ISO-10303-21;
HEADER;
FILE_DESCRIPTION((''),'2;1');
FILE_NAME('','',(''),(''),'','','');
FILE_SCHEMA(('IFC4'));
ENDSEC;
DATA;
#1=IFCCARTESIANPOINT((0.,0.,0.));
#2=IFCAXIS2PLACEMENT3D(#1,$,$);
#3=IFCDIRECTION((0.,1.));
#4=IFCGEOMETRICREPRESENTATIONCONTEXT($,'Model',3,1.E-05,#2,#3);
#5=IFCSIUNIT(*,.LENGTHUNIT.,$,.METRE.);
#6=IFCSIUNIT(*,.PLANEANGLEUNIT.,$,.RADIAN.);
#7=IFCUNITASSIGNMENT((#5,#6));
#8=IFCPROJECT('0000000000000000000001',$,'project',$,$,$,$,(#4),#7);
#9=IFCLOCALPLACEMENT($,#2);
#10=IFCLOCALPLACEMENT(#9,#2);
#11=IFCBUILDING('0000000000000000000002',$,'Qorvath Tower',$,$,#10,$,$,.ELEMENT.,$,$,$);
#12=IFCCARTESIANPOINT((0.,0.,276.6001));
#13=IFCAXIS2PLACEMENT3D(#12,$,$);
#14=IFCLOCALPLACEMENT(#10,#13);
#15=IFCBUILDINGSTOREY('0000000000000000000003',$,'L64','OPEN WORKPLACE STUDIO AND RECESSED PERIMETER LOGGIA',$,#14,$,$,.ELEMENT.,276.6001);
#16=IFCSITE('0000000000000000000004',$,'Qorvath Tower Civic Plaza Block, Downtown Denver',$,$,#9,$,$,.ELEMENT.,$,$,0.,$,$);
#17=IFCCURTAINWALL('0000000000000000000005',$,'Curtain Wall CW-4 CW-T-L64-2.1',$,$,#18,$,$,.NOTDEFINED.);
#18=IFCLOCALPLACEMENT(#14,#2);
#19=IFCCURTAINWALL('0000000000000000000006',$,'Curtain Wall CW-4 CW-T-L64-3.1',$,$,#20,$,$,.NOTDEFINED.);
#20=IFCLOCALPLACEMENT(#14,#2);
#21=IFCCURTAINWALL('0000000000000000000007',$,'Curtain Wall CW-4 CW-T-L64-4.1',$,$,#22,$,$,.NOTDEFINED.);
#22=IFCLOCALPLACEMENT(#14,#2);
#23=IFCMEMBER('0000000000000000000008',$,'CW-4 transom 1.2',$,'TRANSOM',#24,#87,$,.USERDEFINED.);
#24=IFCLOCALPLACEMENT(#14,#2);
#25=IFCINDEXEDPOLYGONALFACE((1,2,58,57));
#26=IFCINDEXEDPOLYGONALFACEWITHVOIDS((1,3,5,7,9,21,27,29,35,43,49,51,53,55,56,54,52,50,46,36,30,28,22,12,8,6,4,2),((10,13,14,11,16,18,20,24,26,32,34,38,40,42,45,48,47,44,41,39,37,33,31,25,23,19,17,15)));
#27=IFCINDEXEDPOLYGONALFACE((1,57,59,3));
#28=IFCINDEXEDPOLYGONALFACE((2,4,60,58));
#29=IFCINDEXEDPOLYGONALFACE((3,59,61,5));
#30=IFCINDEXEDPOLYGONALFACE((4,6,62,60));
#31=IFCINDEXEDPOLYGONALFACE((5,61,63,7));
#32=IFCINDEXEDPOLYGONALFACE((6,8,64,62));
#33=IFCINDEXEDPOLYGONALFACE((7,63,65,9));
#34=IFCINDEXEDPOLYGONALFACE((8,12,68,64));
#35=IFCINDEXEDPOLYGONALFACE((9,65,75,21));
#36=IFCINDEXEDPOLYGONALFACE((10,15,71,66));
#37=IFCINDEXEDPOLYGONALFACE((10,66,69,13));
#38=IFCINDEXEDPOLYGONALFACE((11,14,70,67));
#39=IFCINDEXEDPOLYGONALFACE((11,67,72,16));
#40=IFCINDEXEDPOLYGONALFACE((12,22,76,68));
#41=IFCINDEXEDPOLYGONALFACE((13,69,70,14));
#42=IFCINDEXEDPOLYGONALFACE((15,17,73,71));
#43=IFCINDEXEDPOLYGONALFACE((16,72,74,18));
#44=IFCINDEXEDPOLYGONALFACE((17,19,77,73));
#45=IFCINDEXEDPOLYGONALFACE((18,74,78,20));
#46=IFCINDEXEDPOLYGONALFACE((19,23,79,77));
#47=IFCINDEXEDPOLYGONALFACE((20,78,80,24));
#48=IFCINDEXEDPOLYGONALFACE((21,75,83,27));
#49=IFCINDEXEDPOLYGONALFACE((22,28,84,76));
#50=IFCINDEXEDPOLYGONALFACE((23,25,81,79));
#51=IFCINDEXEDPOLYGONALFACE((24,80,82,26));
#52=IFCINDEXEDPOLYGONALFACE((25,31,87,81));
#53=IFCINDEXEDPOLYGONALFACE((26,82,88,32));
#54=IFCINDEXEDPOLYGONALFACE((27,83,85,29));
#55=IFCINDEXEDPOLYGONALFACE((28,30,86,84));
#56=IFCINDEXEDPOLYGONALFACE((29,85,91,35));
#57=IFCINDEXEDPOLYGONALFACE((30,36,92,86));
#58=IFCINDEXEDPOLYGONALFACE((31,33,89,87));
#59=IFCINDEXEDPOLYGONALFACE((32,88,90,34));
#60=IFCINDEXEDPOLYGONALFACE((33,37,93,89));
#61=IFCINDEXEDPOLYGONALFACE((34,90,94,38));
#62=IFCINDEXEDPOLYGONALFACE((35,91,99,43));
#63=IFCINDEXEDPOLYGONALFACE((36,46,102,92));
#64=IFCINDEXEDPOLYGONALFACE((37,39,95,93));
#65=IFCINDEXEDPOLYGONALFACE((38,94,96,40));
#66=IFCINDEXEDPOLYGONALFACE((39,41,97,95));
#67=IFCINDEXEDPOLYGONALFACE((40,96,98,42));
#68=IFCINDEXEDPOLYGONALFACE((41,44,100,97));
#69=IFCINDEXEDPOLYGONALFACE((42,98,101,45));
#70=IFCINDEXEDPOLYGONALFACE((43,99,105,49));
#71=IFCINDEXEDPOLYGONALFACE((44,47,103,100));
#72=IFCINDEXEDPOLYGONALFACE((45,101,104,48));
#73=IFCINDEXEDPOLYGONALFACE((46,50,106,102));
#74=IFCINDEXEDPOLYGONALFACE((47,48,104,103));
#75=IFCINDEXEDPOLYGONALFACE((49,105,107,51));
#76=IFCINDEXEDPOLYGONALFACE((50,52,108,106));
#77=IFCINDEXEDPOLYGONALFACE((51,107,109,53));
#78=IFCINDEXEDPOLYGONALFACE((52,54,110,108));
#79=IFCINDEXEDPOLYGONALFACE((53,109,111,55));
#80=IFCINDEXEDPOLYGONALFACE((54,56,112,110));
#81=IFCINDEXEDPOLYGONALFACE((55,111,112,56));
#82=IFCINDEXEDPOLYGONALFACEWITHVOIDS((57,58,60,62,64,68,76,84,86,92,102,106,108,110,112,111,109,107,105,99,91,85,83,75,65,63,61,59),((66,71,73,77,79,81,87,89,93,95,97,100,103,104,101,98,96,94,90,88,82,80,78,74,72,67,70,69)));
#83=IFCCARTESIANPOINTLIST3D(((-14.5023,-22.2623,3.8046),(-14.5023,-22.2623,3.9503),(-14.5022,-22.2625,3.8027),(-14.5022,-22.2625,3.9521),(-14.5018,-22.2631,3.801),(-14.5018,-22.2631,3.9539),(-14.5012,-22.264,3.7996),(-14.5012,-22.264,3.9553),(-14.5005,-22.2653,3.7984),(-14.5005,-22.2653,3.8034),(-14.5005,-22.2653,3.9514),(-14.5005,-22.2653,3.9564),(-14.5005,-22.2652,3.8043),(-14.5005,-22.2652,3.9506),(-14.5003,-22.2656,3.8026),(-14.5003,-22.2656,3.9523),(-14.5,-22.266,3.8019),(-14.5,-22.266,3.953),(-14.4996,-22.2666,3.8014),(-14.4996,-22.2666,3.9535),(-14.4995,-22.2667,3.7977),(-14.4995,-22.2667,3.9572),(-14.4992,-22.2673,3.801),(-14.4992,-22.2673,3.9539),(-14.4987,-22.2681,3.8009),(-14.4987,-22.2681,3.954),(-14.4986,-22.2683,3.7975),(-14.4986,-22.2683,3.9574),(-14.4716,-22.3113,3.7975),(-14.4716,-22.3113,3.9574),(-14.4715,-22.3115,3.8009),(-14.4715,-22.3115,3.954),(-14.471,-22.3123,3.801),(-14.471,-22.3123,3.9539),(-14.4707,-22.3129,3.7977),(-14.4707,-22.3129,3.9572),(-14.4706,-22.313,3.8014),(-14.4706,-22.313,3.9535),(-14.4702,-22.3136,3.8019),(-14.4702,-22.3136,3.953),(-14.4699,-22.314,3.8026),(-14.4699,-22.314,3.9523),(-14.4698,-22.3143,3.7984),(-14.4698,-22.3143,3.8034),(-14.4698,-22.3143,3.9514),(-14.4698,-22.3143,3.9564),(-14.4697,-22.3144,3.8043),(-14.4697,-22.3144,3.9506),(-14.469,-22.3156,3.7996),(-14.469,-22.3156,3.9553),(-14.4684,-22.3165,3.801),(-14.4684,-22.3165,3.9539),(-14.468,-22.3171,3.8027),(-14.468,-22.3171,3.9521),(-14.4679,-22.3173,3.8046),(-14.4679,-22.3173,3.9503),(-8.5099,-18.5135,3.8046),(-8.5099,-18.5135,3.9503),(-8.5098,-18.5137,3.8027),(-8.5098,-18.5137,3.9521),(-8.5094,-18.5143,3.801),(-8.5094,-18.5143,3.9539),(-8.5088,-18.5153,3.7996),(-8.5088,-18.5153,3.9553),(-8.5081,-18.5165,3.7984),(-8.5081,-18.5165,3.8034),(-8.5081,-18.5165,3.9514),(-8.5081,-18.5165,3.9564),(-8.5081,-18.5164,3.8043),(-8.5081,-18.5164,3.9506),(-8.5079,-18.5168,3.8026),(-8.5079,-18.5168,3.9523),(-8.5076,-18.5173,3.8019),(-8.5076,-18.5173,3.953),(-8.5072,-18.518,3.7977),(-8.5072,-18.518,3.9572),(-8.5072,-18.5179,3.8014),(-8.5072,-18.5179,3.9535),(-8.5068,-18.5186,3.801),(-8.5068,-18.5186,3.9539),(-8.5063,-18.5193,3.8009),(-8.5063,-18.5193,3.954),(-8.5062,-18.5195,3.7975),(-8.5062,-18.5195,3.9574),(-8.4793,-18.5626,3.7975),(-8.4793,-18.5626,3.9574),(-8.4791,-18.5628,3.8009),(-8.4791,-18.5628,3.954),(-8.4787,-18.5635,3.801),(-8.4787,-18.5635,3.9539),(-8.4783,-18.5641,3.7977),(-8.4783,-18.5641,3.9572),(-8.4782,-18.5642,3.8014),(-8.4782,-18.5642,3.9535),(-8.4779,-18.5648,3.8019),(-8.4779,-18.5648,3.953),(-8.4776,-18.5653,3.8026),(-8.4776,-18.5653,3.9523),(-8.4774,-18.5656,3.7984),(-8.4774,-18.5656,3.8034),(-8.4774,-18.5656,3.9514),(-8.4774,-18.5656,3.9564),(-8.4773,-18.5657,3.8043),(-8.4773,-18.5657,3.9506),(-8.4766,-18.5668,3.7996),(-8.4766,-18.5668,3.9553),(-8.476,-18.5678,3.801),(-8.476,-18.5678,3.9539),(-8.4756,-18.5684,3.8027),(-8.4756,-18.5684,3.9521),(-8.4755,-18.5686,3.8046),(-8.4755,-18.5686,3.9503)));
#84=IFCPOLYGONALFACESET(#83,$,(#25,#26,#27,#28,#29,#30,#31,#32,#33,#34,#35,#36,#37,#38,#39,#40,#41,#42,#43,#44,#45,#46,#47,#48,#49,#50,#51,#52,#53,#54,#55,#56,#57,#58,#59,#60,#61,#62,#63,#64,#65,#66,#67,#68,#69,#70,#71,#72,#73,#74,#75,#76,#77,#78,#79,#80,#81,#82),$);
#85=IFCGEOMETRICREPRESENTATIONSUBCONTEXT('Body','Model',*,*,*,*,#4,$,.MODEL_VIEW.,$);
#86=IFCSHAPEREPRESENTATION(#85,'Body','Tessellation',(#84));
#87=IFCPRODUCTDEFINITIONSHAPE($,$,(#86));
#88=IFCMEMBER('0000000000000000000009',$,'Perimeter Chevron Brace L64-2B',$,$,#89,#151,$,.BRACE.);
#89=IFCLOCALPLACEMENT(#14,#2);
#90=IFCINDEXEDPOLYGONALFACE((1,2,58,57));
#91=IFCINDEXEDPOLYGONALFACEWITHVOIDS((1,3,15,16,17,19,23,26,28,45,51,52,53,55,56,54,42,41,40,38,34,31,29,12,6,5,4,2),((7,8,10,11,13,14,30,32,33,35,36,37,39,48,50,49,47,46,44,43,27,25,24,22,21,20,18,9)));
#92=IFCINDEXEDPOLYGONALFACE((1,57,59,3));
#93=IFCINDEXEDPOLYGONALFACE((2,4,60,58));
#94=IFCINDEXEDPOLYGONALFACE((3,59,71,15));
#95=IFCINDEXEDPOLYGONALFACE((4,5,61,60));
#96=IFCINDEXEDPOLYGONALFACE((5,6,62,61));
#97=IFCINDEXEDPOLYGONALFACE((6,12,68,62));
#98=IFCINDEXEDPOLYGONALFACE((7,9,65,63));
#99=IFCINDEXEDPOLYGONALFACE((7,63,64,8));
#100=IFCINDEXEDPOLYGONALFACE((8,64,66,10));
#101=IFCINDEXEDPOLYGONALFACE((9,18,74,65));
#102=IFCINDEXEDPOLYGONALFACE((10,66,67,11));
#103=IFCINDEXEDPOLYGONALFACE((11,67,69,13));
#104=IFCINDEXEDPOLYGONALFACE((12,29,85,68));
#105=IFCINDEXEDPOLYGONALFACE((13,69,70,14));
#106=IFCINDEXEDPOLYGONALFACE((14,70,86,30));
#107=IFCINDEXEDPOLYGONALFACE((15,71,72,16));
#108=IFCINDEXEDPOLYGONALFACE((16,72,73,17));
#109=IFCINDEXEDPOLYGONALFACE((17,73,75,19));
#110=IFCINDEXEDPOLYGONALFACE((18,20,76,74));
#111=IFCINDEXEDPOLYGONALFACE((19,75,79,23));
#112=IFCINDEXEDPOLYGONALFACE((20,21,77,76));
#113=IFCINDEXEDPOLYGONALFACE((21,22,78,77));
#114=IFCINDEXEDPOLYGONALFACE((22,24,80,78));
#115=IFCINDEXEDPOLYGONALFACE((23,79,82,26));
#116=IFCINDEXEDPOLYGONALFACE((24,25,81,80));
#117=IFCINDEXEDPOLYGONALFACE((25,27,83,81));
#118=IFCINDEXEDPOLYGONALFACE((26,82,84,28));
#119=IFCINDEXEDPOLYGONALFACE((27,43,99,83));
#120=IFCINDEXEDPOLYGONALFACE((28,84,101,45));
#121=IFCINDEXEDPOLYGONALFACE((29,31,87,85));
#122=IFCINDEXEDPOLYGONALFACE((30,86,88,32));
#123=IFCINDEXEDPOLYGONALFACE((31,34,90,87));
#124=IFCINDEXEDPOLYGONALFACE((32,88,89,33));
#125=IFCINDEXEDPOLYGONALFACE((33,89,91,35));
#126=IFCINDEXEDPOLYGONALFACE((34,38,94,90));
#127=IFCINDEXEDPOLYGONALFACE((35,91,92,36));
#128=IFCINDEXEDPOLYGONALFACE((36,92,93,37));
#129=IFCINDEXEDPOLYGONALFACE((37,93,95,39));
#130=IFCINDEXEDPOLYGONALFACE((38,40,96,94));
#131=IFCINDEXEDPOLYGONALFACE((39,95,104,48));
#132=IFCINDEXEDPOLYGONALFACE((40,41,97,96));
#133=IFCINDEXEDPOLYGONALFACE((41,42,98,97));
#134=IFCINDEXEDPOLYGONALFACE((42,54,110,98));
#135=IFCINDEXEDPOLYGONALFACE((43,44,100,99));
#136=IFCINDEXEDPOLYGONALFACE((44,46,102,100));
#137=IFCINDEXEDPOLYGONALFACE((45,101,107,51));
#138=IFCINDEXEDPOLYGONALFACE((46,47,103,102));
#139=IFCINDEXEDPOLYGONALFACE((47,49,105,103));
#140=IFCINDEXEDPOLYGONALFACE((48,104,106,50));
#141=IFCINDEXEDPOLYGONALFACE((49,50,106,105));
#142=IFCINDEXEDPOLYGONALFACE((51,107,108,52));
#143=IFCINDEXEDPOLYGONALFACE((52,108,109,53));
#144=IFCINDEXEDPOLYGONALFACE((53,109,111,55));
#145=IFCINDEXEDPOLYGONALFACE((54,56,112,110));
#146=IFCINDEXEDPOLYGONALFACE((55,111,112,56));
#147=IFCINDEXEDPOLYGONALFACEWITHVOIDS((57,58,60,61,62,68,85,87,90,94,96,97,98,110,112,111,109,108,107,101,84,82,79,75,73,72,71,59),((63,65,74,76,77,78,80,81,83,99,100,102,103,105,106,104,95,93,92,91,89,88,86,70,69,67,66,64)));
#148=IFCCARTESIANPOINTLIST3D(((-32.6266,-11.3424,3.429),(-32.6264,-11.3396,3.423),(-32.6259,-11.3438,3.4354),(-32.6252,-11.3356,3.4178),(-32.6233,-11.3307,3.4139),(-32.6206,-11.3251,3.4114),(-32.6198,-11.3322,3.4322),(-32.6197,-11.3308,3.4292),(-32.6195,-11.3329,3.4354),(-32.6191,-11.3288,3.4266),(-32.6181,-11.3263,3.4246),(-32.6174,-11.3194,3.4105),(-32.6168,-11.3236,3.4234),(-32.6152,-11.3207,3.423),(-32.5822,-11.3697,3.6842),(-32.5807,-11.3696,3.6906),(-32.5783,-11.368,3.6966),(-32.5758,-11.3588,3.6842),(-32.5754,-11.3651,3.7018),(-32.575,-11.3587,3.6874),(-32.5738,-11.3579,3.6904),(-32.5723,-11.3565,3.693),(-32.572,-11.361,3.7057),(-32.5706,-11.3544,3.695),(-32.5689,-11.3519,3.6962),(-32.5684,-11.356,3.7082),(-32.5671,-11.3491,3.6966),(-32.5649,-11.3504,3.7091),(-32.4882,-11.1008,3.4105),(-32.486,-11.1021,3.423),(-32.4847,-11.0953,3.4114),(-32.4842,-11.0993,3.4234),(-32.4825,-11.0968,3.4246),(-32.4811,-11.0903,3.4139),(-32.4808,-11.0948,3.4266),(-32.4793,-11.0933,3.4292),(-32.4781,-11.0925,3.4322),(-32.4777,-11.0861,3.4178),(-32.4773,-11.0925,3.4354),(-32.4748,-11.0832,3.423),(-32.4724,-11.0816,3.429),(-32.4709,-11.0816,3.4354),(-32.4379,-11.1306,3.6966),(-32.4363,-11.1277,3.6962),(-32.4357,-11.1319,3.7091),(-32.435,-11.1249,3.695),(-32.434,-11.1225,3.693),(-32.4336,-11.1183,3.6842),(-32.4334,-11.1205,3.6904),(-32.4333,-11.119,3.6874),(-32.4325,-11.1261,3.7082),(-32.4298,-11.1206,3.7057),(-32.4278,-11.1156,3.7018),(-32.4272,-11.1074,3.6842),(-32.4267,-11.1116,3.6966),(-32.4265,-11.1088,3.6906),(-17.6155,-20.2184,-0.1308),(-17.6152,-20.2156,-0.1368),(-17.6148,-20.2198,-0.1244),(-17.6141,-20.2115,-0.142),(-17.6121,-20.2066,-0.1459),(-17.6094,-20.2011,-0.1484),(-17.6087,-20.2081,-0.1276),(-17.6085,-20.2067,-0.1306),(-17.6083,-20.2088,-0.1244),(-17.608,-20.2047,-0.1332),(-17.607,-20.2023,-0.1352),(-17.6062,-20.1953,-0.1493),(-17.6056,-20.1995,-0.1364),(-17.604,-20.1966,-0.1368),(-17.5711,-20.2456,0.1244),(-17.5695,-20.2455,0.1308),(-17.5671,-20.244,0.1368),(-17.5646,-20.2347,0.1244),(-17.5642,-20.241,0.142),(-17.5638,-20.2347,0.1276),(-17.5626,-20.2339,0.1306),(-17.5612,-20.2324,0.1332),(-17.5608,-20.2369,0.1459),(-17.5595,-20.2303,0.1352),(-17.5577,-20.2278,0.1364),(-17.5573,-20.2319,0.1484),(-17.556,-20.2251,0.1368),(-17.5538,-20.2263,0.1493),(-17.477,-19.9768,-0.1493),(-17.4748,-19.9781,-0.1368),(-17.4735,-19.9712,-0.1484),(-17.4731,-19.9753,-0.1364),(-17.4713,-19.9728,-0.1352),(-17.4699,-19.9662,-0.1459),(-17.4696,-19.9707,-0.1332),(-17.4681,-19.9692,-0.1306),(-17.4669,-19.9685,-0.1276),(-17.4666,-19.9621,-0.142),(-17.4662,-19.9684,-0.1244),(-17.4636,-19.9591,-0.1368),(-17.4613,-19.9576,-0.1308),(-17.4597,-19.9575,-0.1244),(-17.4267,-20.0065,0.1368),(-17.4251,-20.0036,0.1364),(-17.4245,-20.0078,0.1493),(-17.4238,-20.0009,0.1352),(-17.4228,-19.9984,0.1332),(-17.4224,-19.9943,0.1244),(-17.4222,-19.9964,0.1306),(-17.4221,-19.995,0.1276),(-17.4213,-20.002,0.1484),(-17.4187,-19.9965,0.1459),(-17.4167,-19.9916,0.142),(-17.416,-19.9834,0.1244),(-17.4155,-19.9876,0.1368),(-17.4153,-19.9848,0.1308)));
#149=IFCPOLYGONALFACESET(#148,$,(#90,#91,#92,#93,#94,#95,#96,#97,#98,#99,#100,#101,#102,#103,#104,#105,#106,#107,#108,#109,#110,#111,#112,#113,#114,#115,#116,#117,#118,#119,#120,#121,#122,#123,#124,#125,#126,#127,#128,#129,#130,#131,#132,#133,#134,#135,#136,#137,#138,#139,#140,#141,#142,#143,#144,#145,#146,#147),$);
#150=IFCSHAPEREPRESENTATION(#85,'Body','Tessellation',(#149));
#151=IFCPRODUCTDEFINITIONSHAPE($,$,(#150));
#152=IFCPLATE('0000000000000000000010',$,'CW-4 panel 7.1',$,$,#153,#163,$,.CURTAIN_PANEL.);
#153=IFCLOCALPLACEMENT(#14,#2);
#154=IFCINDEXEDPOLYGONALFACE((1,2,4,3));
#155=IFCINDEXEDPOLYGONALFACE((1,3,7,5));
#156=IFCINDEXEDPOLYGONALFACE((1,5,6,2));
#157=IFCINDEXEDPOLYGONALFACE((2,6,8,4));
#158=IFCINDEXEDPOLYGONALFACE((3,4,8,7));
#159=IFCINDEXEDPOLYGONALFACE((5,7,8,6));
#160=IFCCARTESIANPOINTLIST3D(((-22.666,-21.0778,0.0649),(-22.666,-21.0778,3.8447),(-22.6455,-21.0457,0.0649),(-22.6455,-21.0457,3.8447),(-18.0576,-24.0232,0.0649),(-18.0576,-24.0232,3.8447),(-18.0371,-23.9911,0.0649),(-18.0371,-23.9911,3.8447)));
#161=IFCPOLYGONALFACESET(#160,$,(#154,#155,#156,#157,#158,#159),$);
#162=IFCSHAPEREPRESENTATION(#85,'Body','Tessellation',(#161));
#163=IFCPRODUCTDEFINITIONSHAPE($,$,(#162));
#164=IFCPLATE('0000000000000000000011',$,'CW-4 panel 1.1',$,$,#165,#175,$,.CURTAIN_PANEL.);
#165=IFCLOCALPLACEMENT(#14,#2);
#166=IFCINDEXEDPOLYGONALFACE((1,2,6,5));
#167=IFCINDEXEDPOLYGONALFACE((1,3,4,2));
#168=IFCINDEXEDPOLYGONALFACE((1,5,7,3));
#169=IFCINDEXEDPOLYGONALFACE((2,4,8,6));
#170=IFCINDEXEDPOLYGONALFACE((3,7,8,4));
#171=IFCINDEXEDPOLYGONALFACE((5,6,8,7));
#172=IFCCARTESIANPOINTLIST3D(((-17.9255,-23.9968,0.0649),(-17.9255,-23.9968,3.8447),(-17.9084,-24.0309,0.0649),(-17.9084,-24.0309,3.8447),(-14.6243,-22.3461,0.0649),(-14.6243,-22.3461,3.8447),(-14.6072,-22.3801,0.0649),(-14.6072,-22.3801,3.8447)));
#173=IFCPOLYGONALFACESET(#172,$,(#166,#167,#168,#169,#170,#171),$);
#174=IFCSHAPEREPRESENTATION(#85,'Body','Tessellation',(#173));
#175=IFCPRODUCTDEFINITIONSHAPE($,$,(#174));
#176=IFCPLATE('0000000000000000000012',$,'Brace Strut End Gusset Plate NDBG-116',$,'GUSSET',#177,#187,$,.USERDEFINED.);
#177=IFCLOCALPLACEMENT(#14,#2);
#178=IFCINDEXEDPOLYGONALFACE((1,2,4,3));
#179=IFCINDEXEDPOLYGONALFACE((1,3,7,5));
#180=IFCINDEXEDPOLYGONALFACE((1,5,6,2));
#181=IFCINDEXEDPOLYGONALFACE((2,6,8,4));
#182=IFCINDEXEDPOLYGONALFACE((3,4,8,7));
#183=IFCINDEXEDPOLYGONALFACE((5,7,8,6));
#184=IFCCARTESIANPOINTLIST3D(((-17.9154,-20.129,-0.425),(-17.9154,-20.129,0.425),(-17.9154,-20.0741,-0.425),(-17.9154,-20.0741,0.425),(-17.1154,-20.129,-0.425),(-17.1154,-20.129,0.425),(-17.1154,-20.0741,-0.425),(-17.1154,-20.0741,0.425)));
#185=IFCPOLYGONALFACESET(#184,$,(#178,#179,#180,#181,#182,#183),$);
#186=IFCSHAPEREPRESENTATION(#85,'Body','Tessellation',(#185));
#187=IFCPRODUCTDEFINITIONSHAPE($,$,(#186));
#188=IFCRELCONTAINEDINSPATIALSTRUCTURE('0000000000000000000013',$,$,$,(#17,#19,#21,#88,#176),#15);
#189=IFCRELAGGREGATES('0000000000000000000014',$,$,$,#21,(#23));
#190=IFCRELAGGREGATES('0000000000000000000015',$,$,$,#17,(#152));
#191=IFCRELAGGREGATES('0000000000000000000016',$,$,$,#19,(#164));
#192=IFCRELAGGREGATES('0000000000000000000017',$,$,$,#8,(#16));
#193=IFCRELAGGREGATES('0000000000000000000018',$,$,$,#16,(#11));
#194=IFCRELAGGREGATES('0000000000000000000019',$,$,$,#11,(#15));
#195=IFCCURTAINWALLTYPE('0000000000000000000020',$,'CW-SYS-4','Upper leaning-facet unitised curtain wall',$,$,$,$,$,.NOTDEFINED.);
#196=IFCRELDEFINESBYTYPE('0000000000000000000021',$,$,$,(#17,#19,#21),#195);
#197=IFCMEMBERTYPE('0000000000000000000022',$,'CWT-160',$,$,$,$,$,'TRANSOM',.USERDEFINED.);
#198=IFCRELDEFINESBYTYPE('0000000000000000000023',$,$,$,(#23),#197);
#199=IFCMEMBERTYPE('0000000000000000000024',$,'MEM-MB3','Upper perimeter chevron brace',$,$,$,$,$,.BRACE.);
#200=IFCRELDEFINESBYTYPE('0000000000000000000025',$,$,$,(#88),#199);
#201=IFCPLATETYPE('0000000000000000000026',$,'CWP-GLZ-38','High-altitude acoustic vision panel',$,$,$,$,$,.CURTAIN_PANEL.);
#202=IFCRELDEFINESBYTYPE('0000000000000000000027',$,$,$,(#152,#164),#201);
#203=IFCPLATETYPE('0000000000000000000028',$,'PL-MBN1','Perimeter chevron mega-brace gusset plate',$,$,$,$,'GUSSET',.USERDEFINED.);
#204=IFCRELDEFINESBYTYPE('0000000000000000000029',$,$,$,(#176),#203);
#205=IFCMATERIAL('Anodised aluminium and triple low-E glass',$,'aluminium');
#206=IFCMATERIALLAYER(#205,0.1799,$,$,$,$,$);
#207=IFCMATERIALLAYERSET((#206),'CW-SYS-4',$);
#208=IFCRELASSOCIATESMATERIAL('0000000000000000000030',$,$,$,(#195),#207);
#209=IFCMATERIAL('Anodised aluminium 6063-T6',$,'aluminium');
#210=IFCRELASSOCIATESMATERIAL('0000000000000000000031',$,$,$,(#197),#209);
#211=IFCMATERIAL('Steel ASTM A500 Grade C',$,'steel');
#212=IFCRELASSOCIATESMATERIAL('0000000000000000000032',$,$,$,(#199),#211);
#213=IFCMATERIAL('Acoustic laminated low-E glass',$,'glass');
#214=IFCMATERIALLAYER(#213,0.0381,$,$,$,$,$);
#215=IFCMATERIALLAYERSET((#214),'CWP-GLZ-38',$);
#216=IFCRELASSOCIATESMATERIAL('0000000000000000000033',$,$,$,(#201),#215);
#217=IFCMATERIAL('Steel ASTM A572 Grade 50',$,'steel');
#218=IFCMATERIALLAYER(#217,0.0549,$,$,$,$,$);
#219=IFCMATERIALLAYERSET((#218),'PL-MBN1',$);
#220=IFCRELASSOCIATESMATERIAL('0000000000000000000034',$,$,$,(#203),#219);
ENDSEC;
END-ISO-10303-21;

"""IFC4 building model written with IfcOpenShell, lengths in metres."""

from ifc_helpers import new_model, si_unit, direction, frame, origin, origin_2d, place, context, subcontext, project, spatial, rectangle, hollow_rectangle, extrude, material, layer, layer_set, material_profile, profile_set, type_object, element, aggregate, save


model = new_model("IFC4")

# Units and contexts
model_context = context("Model", 3, precision=1e-05, world=origin(), true_north=direction((0.0, 1.0)))
body_context = subcontext(model_context, "Body", "Model", "MODEL_VIEW")
ifc_project = project(units=[si_unit("LENGTHUNIT", "METRE"), si_unit("PLANEANGLEUNIT", "RADIAN")], contexts=[model_context])

# Site, building, storey
site_placement = place(None, origin())
site = spatial("IfcSite", under=ifc_project, at=site_placement, Name="Qorvath Tower Civic Plaza Block, Downtown Denver", CompositionType="ELEMENT", RefElevation=0.0)
building_placement = place(site_placement, origin())
building = spatial("IfcBuilding", under=site, at=building_placement, Name="Qorvath Tower", CompositionType="ELEMENT")
storey_placement = place(building_placement, frame((0.0, 0.0, 276.6001)))
storey = spatial("IfcBuildingStorey", under=building, at=storey_placement, Name="L64", Description="OPEN WORKPLACE STUDIO AND RECESSED PERIMETER LOGGIA", CompositionType="ELEMENT", Elevation=276.6001)

# Curtain wall
ifc_material_1 = material(Name="Anodised aluminium and triple low-E glass", Category="aluminium")
ifc_layer_1 = layer(ifc_material_1, 0.1799)
ifc_layer_set_1 = layer_set([ifc_layer_1], Name="CW-SYS-4")
curtain_wall_type = type_object("IfcCurtainWallType", Name="CW-SYS-4", Description="Upper leaning-facet unitised curtain wall", PredefinedType="NOTDEFINED", material=ifc_layer_set_1)
curtain_wall_1_placement = place(storey_placement, origin())
curtain_wall_1 = element("IfcCurtainWall", 1, at=curtain_wall_1_placement, inside=storey, type_object=curtain_wall_type, Name="Curtain Wall CW-4 CW-T-L64-2.1", PredefinedType="NOTDEFINED")

# Curtain wall
curtain_wall_2_placement = place(storey_placement, origin())
curtain_wall_2 = element("IfcCurtainWall", 2, at=curtain_wall_2_placement, inside=storey, type_object=curtain_wall_type, Name="Curtain Wall CW-4 CW-T-L64-3.1", PredefinedType="NOTDEFINED")

# Curtain wall
curtain_wall_3_placement = place(storey_placement, origin())
curtain_wall_3 = element("IfcCurtainWall", 3, at=curtain_wall_3_placement, inside=storey, type_object=curtain_wall_type, Name="Curtain Wall CW-4 CW-T-L64-4.1", PredefinedType="NOTDEFINED")

# Members
ifc_material_2 = material(Name="Anodised aluminium 6063-T6", Category="aluminium")
ifc_material_profile_1 = material_profile(ifc_material_2, hollow_rectangle(XDim=0.0649, YDim=0.1599, WallThickness=0.0034, InnerFilletRadius=0.0034, OuterFilletRadius=0.0071, at=origin_2d()), Name="CWT 160x65")
ifc_profile_set_1 = profile_set([ifc_material_profile_1], Name="Anodised aluminium 6063-T6")
member_type_1 = type_object("IfcMemberType", Name="CWT-160", ElementType="TRANSOM", PredefinedType="USERDEFINED", material=ifc_profile_set_1)
member_1_placement = place(storey_placement, frame((-14.4851, -22.2898, 3.8774), z_axis=(0.847775, 0.530356, 0.0), x_axis=(-0.530356, 0.847775, 0.0)))
member_1 = element("IfcMember", 4, at=member_1_placement, type_object=member_type_1, Name="CW-4 transom 1.2", ObjectType="TRANSOM", PredefinedType="USERDEFINED", context=body_context, shape_type="SweptSolid", body=[
    extrude(hollow_rectangle(XDim=0.0649, YDim=0.1599, WallThickness=0.0034, InnerFilletRadius=0.0034, OuterFilletRadius=0.0071, at=origin_2d()), origin(), (0.0, 0.0, 1.0), 7.0684),
])
aggregate(curtain_wall_3, [member_1])
ifc_material_3 = material(Name="Steel ASTM A500 Grade C", Category="steel")
ifc_material_profile_2 = material_profile(ifc_material_3, hollow_rectangle(XDim=0.3047, YDim=0.3047, WallThickness=0.0127, InnerFilletRadius=0.0127, OuterFilletRadius=0.0254, at=origin_2d()), Name="HSS 305x305x12.7")
ifc_profile_set_2 = profile_set([ifc_material_profile_2], Name="Steel ASTM A500 Grade C")
member_type_2 = type_object("IfcMemberType", Name="MEM-MB3", Description="Upper perimeter chevron brace", PredefinedType="BRACE", material=ifc_profile_set_2)
member_2_placement = place(storey_placement, frame((-17.5154, -20.1016, 0.0), z_axis=(-0.843391, 0.498688, 0.200005), x_axis=(-0.508972, -0.860783, 0.0)))
element("IfcMember", 5, at=member_2_placement, inside=storey, type_object=member_type_2, Name="Perimeter Chevron Brace L64-2B", PredefinedType="BRACE", context=body_context, shape_type="SweptSolid", body=[
    extrude(hollow_rectangle(XDim=0.3047, YDim=0.3047, WallThickness=0.0127, InnerFilletRadius=0.0127, OuterFilletRadius=0.0254, at=origin_2d()), origin(), (0.0, 0.0, 1.0), 17.7986),
])

# Plates
ifc_material_4 = material(Name="Acoustic laminated low-E glass", Category="glass")
ifc_layer_2 = layer(ifc_material_4, 0.0381)
ifc_layer_set_2 = layer_set([ifc_layer_2], Name="CWP-GLZ-38")
plate_type_1 = type_object("IfcPlateType", Name="CWP-GLZ-38", Description="High-altitude acoustic vision panel", PredefinedType="CURTAIN_PANEL", material=ifc_layer_set_2)
plate_1_placement = place(storey_placement, frame((-20.3516, -22.5344, 0.0649), z_axis=(0.0, 0.0, 1.0), x_axis=(0.842604, -0.538534, 0.0)))
plate_1 = element("IfcPlate", 6, at=plate_1_placement, type_object=plate_type_1, Name="CW-4 panel 7.1", PredefinedType="CURTAIN_PANEL", context=body_context, shape_type="SweptSolid", body=[
    extrude(rectangle(XDim=5.4692, YDim=0.0381, at=origin_2d()), origin(), (0.0, 0.0, 1.0), 3.7798),
])
aggregate(curtain_wall_1, [plate_1])
plate_2_placement = place(storey_placement, frame((-16.2664, -23.1885, 0.0649), z_axis=(0.0, 0.0, 1.0), x_axis=(0.894412, 0.447245, 0.0)))
plate_2 = element("IfcPlate", 7, at=plate_2_placement, type_object=plate_type_1, Name="CW-4 panel 1.1", PredefinedType="CURTAIN_PANEL", context=body_context, shape_type="SweptSolid", body=[
    extrude(rectangle(XDim=3.6909, YDim=0.0381, at=origin_2d()), origin(), (0.0, 0.0, 1.0), 3.7798),
])
aggregate(curtain_wall_2, [plate_2])
ifc_material_5 = material(Name="Steel ASTM A572 Grade 50", Category="steel")
ifc_layer_3 = layer(ifc_material_5, 0.0549)
ifc_layer_set_3 = layer_set([ifc_layer_3], Name="PL-MBN1")
plate_type_2 = type_object("IfcPlateType", Name="PL-MBN1", Description="Perimeter chevron mega-brace gusset plate", ElementType="GUSSET", PredefinedType="USERDEFINED", material=ifc_layer_set_3)
plate_3_placement = place(storey_placement, frame((-17.5154, -20.1016, -0.425), z_axis=(0.0, 0.0, 1.0), x_axis=(1.0, 0.0, 0.0)))
element("IfcPlate", 8, at=plate_3_placement, inside=storey, type_object=plate_type_2, Name="Brace Strut End Gusset Plate NDBG-116", ObjectType="GUSSET", PredefinedType="USERDEFINED", context=body_context, shape_type="SweptSolid", body=[
    extrude(rectangle(XDim=0.8, YDim=0.0549, at=origin_2d()), origin(), (0.0, 0.0, 1.0), 0.8501),
])

save(model, "model.ifc")
